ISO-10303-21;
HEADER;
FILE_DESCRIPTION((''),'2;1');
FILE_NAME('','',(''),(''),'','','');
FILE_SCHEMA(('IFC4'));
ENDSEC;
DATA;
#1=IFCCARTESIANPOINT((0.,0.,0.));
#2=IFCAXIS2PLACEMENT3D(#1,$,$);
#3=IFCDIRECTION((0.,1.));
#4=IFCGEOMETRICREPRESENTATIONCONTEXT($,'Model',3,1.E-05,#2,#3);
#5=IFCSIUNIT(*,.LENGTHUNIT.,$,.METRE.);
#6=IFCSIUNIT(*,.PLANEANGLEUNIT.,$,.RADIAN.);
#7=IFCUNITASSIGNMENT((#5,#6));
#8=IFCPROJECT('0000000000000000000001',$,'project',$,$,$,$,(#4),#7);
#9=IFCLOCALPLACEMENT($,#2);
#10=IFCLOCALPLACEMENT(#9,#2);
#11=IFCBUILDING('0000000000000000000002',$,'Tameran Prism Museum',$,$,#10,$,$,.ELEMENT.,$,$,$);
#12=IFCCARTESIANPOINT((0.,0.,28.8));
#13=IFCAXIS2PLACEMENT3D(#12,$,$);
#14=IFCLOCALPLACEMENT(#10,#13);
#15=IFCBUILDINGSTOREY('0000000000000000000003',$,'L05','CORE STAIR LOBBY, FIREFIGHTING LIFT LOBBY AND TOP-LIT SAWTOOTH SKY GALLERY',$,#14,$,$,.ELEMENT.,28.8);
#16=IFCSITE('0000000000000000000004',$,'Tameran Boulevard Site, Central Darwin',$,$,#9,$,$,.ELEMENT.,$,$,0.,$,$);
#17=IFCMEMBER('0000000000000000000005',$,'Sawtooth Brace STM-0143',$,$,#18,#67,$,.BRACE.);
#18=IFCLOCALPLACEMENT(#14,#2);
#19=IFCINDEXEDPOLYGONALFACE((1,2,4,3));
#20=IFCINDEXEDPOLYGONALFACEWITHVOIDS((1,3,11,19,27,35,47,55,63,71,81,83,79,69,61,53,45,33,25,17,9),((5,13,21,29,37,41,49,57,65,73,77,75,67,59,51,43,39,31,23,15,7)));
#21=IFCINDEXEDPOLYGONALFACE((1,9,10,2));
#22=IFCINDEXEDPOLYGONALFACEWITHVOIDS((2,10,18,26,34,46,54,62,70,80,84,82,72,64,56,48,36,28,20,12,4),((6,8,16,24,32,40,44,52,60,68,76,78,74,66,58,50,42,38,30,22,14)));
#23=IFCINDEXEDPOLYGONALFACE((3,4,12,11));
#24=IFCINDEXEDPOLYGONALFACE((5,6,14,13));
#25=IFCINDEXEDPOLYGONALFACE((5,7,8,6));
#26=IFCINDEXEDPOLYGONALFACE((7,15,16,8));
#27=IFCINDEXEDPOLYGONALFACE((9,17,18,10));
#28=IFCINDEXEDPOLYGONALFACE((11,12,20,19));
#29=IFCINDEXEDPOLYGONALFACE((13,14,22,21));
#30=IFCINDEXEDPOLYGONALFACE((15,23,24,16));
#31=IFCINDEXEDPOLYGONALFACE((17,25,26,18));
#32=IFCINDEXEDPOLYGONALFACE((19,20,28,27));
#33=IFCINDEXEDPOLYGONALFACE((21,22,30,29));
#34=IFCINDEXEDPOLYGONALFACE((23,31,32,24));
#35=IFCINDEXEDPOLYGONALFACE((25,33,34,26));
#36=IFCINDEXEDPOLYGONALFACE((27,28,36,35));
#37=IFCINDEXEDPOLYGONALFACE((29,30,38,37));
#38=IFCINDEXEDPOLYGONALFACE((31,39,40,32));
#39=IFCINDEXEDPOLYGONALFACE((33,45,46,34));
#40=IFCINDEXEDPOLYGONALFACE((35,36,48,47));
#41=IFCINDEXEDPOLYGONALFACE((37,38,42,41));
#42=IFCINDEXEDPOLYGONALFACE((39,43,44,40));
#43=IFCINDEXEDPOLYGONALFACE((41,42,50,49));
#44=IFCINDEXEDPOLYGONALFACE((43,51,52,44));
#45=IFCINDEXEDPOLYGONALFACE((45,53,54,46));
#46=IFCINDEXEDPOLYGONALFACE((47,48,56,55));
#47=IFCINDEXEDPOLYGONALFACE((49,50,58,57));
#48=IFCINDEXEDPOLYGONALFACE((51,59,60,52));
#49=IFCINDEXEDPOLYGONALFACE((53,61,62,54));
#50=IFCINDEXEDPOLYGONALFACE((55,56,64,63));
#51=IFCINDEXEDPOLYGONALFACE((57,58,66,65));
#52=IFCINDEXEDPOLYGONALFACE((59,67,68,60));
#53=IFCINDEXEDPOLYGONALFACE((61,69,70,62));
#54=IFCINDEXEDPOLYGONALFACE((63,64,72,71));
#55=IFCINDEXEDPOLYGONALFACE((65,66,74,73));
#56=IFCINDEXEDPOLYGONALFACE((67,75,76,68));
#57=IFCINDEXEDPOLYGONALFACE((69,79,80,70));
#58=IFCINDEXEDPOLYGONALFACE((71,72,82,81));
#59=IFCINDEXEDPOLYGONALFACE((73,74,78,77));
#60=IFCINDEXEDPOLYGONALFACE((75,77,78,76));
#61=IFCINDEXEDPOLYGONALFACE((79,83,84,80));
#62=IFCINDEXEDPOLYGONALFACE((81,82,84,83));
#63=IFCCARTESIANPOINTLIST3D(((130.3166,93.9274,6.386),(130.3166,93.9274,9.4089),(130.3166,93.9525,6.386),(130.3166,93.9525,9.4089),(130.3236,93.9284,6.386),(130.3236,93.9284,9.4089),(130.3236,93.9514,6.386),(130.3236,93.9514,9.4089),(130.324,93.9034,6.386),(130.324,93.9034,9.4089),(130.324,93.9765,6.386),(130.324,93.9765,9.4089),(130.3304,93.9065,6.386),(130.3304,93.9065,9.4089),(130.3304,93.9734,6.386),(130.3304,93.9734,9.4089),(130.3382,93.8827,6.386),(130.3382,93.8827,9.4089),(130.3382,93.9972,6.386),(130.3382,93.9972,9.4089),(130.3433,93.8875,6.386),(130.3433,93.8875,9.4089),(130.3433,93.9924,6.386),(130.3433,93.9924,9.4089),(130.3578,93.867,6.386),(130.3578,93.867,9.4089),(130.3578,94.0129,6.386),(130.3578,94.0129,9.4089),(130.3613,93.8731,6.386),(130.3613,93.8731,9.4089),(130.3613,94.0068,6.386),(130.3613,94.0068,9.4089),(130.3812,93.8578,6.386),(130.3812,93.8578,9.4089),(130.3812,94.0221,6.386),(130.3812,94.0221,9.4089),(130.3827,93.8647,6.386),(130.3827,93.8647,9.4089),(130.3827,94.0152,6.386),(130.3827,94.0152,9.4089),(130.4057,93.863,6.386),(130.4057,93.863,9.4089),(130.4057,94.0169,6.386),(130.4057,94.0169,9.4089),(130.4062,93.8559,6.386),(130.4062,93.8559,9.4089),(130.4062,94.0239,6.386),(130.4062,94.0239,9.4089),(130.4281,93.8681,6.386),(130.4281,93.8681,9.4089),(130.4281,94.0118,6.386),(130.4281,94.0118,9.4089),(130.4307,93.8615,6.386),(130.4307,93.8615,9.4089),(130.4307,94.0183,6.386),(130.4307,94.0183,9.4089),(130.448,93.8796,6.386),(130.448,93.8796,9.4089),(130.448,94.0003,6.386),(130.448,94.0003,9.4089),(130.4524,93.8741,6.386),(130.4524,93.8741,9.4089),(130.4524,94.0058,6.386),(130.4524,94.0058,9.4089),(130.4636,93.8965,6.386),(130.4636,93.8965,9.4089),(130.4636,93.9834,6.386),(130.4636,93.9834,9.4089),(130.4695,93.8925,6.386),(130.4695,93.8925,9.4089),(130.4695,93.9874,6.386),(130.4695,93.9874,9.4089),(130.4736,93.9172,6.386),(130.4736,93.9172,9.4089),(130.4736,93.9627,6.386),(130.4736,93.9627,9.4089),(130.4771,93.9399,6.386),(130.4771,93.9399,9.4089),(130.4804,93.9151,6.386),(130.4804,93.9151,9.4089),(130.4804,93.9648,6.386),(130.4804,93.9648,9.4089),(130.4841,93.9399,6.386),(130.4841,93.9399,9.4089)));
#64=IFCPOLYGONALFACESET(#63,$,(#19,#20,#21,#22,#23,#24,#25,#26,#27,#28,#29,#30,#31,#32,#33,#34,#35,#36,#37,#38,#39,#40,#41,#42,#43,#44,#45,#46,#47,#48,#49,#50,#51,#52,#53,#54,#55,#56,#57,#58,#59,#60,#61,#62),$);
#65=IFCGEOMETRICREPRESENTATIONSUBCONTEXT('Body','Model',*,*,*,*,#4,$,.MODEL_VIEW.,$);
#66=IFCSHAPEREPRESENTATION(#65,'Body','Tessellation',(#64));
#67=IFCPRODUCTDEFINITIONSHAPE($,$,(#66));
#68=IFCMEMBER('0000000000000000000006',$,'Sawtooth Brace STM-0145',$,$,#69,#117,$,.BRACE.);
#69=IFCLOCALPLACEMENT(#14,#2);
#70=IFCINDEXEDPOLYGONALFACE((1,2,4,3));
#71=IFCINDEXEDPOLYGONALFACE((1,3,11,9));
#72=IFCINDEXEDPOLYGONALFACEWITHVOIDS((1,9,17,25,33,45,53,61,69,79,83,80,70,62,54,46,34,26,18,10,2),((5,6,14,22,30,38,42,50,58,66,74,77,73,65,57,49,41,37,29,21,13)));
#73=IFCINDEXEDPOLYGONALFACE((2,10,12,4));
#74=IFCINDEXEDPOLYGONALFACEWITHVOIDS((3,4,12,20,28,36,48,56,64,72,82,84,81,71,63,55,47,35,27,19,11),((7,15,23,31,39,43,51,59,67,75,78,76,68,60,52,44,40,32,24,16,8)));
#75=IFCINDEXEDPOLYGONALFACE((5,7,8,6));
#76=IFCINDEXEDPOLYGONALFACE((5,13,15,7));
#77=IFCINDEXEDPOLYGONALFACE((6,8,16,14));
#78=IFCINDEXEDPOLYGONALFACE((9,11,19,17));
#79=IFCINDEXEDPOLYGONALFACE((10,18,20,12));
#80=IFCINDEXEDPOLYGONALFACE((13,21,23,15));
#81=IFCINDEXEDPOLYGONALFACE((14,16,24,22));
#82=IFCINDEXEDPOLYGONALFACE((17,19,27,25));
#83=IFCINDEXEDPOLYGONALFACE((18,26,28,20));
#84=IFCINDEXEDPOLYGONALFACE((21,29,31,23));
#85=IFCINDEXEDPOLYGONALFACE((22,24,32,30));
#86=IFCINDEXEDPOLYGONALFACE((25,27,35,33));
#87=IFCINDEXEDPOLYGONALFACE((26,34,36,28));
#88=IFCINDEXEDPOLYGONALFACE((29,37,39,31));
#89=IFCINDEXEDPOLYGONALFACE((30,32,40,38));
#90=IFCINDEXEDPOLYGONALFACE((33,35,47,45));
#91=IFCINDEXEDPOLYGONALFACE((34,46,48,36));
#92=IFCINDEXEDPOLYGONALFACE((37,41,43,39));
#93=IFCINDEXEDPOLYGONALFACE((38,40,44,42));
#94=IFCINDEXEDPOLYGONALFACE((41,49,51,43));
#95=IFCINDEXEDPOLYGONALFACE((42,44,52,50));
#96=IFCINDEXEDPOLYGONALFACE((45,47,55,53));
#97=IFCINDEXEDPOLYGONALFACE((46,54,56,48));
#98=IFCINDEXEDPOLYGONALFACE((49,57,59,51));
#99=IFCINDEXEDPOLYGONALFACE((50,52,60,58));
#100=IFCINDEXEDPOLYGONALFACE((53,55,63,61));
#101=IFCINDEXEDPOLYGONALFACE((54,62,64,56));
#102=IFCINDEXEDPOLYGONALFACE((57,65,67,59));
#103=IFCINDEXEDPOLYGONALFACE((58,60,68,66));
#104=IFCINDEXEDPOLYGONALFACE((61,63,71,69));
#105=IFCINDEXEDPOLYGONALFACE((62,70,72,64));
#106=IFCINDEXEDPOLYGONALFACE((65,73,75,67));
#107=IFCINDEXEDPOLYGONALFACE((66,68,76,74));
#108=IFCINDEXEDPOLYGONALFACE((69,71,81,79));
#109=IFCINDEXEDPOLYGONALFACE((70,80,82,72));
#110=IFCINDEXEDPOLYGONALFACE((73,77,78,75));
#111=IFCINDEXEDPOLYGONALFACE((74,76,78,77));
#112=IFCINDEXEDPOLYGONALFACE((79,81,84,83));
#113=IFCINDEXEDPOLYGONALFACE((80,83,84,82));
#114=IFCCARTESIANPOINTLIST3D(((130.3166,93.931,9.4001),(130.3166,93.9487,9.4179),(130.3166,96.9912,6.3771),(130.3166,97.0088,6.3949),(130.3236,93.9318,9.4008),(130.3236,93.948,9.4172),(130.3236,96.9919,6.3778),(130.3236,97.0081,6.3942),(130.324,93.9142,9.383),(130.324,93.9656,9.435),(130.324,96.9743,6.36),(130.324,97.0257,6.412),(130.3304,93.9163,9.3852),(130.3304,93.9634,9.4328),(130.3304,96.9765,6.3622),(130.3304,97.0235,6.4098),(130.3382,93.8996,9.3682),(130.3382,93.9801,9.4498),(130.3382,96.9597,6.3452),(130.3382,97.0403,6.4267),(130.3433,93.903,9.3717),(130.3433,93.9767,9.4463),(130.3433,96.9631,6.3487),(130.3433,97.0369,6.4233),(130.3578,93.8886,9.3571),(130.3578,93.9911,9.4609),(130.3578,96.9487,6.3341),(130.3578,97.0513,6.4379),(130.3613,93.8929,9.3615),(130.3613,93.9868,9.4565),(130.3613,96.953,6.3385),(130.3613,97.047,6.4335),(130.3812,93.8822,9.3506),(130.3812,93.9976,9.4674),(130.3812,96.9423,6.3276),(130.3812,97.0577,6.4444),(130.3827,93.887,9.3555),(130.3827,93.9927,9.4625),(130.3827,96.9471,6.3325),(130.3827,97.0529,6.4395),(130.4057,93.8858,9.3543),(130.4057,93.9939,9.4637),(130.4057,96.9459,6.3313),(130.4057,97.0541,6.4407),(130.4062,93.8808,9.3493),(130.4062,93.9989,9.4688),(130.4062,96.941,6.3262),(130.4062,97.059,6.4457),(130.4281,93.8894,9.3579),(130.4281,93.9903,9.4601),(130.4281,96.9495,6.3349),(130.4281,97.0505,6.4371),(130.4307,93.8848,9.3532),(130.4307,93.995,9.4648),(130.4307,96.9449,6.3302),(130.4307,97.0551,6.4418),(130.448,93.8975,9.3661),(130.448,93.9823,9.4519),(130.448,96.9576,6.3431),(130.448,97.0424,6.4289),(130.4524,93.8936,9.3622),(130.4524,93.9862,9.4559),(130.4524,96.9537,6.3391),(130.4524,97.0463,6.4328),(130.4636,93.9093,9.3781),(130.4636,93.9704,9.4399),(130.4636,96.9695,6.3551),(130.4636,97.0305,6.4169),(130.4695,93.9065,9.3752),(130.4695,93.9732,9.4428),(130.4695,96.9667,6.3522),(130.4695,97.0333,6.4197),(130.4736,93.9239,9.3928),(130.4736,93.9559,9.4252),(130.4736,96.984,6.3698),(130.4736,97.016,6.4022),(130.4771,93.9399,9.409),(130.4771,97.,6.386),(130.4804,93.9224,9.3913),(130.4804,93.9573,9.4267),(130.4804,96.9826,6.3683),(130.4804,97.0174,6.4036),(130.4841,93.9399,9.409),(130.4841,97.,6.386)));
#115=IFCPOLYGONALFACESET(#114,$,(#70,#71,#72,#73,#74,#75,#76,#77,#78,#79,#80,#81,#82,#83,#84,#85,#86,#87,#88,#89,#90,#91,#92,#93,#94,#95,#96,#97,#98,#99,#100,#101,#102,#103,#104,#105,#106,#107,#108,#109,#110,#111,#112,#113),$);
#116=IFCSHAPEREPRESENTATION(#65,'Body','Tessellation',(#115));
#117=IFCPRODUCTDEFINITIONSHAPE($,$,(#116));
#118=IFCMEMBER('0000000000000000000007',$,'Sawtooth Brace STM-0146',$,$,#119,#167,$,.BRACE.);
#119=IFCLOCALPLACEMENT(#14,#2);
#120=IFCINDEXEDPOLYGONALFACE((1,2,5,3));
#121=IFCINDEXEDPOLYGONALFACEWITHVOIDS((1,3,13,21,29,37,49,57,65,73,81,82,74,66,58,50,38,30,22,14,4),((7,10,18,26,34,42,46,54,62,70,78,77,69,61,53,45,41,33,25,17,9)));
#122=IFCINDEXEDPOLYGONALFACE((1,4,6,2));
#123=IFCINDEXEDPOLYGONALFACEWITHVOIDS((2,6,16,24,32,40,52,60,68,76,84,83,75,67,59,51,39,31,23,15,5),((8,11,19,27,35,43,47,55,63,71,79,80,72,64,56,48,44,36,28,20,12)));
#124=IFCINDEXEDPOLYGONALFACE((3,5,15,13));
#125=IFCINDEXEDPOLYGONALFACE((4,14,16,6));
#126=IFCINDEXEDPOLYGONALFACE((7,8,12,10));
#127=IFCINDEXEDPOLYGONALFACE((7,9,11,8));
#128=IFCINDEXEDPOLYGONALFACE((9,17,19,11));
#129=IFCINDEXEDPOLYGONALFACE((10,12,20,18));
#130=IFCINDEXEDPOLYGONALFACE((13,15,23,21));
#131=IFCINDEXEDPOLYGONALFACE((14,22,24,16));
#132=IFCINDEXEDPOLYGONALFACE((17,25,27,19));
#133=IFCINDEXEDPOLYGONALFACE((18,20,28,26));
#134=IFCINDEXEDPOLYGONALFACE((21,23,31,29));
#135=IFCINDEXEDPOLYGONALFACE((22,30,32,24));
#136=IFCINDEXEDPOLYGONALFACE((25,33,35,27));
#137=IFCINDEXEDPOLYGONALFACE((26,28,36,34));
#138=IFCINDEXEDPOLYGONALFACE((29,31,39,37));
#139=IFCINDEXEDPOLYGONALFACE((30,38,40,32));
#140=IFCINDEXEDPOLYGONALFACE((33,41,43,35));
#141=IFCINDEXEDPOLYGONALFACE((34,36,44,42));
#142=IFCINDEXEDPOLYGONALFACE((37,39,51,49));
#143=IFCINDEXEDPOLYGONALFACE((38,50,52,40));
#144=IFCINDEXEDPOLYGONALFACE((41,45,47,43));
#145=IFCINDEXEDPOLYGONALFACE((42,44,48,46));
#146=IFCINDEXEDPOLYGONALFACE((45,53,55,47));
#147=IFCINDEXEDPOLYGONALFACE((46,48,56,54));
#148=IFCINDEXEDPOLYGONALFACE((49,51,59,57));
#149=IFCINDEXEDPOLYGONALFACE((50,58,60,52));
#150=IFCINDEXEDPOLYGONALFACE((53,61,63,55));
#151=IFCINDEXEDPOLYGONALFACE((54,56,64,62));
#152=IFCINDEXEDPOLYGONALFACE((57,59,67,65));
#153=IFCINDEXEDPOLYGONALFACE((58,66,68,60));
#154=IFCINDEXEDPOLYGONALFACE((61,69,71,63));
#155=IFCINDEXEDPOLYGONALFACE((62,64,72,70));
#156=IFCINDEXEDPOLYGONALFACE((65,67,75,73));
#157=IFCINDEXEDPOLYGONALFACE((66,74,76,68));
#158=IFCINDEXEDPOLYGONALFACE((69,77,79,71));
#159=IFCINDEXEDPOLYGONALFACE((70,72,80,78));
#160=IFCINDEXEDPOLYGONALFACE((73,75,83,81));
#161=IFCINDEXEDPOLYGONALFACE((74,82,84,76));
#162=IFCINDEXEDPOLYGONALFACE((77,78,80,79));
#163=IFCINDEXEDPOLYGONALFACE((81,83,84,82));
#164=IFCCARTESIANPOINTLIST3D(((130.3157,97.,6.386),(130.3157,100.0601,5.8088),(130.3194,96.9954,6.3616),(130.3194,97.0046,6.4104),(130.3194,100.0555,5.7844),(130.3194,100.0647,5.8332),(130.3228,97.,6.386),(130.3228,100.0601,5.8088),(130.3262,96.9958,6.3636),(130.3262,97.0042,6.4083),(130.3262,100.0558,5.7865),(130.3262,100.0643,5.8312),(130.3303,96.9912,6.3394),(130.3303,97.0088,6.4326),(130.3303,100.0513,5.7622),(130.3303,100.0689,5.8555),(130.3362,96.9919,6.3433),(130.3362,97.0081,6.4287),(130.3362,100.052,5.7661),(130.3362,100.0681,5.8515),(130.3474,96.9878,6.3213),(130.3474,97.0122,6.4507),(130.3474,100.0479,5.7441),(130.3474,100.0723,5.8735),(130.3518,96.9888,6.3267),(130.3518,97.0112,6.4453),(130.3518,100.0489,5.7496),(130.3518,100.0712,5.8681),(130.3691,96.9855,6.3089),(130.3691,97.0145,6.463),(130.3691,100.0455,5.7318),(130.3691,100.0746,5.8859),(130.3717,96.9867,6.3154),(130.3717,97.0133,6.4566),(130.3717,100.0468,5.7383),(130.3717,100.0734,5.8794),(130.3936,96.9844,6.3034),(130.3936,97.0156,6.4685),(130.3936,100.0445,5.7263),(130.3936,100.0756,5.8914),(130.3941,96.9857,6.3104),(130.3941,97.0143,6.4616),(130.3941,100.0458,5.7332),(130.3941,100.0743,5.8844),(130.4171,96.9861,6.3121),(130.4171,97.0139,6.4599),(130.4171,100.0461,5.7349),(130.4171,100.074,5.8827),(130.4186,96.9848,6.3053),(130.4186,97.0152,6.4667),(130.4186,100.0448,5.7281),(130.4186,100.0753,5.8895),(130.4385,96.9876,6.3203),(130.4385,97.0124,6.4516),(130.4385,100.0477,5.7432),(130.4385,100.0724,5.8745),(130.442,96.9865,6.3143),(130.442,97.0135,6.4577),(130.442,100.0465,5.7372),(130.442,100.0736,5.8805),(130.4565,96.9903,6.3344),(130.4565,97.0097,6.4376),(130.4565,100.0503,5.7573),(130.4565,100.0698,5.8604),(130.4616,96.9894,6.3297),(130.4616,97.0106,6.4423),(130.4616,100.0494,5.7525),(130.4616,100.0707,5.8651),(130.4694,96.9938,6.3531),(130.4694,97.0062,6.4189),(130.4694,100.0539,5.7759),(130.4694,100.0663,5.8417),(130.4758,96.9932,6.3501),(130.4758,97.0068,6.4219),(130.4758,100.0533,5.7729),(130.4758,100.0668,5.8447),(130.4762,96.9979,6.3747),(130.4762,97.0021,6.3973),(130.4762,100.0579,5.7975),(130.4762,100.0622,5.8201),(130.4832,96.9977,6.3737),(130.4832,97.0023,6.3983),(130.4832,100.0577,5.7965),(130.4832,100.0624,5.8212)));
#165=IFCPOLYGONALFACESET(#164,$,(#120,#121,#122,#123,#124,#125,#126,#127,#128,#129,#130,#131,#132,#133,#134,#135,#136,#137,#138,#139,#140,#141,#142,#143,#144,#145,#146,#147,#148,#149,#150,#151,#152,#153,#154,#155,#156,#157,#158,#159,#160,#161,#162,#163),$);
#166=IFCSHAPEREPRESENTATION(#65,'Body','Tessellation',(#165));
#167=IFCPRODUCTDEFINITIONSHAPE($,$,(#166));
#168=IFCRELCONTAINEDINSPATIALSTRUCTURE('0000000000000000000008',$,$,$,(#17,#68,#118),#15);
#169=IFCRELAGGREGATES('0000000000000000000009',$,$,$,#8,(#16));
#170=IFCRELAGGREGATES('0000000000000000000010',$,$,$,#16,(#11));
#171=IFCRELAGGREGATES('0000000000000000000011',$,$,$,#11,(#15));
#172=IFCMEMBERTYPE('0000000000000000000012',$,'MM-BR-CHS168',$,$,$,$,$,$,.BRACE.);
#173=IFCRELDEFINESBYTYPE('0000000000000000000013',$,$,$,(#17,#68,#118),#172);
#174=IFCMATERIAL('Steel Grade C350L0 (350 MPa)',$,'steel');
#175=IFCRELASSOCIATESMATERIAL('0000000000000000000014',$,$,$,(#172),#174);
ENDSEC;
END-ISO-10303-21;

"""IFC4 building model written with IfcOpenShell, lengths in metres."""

from ifc_helpers import new_model, si_unit, direction, frame, origin, origin_2d, place, context, subcontext, project, spatial, hollow_circle, extrude, material, material_profile, profile_set, type_object, element, save


model = new_model("IFC4")

# Units and contexts
model_context = context("Model", 3, precision=1e-05, world=origin(), true_north=direction((0.0, 1.0)))
body_context = subcontext(model_context, "Body", "Model", "MODEL_VIEW")
ifc_project = project(units=[si_unit("LENGTHUNIT", "METRE"), si_unit("PLANEANGLEUNIT", "RADIAN")], contexts=[model_context])

# Site, building, storey
site_placement = place(None, origin())
site = spatial("IfcSite", under=ifc_project, at=site_placement, Name="Tameran Boulevard Site, Central Darwin", CompositionType="ELEMENT", RefElevation=0.0)
building_placement = place(site_placement, origin())
building = spatial("IfcBuilding", under=site, at=building_placement, Name="Tameran Prism Museum", CompositionType="ELEMENT")
storey_placement = place(building_placement, frame((0.0, 0.0, 28.8)))
storey = spatial("IfcBuildingStorey", under=building, at=storey_placement, Name="L05", Description="CORE STAIR LOBBY, FIREFIGHTING LIFT LOBBY AND TOP-LIT SAWTOOTH SKY GALLERY", CompositionType="ELEMENT", Elevation=28.8)

# Members
ifc_material_1 = material(Name="Steel Grade C350L0 (350 MPa)", Category="steel")
ifc_material_profile_1 = material_profile(ifc_material_1, hollow_circle(Radius=0.0842, WallThickness=0.0071, at=origin_2d()))
ifc_profile_set_1 = profile_set([ifc_material_profile_1])
member_type_1 = type_object("IfcMemberType", Name="MM-BR-CHS168", PredefinedType="BRACE", material=ifc_profile_set_1)
member_1_placement = place(storey_placement, frame((130.3999, 93.9399, 6.386), z_axis=(0.0, 0.0, 1.0), x_axis=(1.0, 0.0, 0.0)))
element("IfcMember", 1, at=member_1_placement, inside=storey, type_object=member_type_1, Name="Sawtooth Brace STM-0143", PredefinedType="BRACE", context=body_context, shape_type="SweptSolid", body=[
    extrude(hollow_circle(Radius=0.0842, WallThickness=0.0071, at=origin_2d()), origin(), (0.0, 0.0, 1.0), 3.0229),
])
member_2_placement = place(storey_placement, frame((130.3999, 97.0, 6.386), z_axis=(0.0, -0.711407, 0.70278), x_axis=(1.0, 0.0, 0.0)))
element("IfcMember", 2, at=member_2_placement, inside=storey, type_object=member_type_1, Name="Sawtooth Brace STM-0145", PredefinedType="BRACE", context=body_context, shape_type="SweptSolid", body=[
    extrude(hollow_circle(Radius=0.0842, WallThickness=0.0071, at=origin_2d()), origin(), (0.0, 0.0, 1.0), 4.3015),
])
member_3_placement = place(storey_placement, frame((130.3999, 97.0, 6.386), z_axis=(0.0, 0.982675, -0.185339), x_axis=(-1.0, 0.0, 0.0)))
element("IfcMember", 3, at=member_3_placement, inside=storey, type_object=member_type_1, Name="Sawtooth Brace STM-0146", PredefinedType="BRACE", context=body_context, shape_type="SweptSolid", body=[
    extrude(hollow_circle(Radius=0.0842, WallThickness=0.0071, at=origin_2d()), origin(), (0.0, 0.0, 1.0), 3.114),
])

save(model, "model.ifc")
